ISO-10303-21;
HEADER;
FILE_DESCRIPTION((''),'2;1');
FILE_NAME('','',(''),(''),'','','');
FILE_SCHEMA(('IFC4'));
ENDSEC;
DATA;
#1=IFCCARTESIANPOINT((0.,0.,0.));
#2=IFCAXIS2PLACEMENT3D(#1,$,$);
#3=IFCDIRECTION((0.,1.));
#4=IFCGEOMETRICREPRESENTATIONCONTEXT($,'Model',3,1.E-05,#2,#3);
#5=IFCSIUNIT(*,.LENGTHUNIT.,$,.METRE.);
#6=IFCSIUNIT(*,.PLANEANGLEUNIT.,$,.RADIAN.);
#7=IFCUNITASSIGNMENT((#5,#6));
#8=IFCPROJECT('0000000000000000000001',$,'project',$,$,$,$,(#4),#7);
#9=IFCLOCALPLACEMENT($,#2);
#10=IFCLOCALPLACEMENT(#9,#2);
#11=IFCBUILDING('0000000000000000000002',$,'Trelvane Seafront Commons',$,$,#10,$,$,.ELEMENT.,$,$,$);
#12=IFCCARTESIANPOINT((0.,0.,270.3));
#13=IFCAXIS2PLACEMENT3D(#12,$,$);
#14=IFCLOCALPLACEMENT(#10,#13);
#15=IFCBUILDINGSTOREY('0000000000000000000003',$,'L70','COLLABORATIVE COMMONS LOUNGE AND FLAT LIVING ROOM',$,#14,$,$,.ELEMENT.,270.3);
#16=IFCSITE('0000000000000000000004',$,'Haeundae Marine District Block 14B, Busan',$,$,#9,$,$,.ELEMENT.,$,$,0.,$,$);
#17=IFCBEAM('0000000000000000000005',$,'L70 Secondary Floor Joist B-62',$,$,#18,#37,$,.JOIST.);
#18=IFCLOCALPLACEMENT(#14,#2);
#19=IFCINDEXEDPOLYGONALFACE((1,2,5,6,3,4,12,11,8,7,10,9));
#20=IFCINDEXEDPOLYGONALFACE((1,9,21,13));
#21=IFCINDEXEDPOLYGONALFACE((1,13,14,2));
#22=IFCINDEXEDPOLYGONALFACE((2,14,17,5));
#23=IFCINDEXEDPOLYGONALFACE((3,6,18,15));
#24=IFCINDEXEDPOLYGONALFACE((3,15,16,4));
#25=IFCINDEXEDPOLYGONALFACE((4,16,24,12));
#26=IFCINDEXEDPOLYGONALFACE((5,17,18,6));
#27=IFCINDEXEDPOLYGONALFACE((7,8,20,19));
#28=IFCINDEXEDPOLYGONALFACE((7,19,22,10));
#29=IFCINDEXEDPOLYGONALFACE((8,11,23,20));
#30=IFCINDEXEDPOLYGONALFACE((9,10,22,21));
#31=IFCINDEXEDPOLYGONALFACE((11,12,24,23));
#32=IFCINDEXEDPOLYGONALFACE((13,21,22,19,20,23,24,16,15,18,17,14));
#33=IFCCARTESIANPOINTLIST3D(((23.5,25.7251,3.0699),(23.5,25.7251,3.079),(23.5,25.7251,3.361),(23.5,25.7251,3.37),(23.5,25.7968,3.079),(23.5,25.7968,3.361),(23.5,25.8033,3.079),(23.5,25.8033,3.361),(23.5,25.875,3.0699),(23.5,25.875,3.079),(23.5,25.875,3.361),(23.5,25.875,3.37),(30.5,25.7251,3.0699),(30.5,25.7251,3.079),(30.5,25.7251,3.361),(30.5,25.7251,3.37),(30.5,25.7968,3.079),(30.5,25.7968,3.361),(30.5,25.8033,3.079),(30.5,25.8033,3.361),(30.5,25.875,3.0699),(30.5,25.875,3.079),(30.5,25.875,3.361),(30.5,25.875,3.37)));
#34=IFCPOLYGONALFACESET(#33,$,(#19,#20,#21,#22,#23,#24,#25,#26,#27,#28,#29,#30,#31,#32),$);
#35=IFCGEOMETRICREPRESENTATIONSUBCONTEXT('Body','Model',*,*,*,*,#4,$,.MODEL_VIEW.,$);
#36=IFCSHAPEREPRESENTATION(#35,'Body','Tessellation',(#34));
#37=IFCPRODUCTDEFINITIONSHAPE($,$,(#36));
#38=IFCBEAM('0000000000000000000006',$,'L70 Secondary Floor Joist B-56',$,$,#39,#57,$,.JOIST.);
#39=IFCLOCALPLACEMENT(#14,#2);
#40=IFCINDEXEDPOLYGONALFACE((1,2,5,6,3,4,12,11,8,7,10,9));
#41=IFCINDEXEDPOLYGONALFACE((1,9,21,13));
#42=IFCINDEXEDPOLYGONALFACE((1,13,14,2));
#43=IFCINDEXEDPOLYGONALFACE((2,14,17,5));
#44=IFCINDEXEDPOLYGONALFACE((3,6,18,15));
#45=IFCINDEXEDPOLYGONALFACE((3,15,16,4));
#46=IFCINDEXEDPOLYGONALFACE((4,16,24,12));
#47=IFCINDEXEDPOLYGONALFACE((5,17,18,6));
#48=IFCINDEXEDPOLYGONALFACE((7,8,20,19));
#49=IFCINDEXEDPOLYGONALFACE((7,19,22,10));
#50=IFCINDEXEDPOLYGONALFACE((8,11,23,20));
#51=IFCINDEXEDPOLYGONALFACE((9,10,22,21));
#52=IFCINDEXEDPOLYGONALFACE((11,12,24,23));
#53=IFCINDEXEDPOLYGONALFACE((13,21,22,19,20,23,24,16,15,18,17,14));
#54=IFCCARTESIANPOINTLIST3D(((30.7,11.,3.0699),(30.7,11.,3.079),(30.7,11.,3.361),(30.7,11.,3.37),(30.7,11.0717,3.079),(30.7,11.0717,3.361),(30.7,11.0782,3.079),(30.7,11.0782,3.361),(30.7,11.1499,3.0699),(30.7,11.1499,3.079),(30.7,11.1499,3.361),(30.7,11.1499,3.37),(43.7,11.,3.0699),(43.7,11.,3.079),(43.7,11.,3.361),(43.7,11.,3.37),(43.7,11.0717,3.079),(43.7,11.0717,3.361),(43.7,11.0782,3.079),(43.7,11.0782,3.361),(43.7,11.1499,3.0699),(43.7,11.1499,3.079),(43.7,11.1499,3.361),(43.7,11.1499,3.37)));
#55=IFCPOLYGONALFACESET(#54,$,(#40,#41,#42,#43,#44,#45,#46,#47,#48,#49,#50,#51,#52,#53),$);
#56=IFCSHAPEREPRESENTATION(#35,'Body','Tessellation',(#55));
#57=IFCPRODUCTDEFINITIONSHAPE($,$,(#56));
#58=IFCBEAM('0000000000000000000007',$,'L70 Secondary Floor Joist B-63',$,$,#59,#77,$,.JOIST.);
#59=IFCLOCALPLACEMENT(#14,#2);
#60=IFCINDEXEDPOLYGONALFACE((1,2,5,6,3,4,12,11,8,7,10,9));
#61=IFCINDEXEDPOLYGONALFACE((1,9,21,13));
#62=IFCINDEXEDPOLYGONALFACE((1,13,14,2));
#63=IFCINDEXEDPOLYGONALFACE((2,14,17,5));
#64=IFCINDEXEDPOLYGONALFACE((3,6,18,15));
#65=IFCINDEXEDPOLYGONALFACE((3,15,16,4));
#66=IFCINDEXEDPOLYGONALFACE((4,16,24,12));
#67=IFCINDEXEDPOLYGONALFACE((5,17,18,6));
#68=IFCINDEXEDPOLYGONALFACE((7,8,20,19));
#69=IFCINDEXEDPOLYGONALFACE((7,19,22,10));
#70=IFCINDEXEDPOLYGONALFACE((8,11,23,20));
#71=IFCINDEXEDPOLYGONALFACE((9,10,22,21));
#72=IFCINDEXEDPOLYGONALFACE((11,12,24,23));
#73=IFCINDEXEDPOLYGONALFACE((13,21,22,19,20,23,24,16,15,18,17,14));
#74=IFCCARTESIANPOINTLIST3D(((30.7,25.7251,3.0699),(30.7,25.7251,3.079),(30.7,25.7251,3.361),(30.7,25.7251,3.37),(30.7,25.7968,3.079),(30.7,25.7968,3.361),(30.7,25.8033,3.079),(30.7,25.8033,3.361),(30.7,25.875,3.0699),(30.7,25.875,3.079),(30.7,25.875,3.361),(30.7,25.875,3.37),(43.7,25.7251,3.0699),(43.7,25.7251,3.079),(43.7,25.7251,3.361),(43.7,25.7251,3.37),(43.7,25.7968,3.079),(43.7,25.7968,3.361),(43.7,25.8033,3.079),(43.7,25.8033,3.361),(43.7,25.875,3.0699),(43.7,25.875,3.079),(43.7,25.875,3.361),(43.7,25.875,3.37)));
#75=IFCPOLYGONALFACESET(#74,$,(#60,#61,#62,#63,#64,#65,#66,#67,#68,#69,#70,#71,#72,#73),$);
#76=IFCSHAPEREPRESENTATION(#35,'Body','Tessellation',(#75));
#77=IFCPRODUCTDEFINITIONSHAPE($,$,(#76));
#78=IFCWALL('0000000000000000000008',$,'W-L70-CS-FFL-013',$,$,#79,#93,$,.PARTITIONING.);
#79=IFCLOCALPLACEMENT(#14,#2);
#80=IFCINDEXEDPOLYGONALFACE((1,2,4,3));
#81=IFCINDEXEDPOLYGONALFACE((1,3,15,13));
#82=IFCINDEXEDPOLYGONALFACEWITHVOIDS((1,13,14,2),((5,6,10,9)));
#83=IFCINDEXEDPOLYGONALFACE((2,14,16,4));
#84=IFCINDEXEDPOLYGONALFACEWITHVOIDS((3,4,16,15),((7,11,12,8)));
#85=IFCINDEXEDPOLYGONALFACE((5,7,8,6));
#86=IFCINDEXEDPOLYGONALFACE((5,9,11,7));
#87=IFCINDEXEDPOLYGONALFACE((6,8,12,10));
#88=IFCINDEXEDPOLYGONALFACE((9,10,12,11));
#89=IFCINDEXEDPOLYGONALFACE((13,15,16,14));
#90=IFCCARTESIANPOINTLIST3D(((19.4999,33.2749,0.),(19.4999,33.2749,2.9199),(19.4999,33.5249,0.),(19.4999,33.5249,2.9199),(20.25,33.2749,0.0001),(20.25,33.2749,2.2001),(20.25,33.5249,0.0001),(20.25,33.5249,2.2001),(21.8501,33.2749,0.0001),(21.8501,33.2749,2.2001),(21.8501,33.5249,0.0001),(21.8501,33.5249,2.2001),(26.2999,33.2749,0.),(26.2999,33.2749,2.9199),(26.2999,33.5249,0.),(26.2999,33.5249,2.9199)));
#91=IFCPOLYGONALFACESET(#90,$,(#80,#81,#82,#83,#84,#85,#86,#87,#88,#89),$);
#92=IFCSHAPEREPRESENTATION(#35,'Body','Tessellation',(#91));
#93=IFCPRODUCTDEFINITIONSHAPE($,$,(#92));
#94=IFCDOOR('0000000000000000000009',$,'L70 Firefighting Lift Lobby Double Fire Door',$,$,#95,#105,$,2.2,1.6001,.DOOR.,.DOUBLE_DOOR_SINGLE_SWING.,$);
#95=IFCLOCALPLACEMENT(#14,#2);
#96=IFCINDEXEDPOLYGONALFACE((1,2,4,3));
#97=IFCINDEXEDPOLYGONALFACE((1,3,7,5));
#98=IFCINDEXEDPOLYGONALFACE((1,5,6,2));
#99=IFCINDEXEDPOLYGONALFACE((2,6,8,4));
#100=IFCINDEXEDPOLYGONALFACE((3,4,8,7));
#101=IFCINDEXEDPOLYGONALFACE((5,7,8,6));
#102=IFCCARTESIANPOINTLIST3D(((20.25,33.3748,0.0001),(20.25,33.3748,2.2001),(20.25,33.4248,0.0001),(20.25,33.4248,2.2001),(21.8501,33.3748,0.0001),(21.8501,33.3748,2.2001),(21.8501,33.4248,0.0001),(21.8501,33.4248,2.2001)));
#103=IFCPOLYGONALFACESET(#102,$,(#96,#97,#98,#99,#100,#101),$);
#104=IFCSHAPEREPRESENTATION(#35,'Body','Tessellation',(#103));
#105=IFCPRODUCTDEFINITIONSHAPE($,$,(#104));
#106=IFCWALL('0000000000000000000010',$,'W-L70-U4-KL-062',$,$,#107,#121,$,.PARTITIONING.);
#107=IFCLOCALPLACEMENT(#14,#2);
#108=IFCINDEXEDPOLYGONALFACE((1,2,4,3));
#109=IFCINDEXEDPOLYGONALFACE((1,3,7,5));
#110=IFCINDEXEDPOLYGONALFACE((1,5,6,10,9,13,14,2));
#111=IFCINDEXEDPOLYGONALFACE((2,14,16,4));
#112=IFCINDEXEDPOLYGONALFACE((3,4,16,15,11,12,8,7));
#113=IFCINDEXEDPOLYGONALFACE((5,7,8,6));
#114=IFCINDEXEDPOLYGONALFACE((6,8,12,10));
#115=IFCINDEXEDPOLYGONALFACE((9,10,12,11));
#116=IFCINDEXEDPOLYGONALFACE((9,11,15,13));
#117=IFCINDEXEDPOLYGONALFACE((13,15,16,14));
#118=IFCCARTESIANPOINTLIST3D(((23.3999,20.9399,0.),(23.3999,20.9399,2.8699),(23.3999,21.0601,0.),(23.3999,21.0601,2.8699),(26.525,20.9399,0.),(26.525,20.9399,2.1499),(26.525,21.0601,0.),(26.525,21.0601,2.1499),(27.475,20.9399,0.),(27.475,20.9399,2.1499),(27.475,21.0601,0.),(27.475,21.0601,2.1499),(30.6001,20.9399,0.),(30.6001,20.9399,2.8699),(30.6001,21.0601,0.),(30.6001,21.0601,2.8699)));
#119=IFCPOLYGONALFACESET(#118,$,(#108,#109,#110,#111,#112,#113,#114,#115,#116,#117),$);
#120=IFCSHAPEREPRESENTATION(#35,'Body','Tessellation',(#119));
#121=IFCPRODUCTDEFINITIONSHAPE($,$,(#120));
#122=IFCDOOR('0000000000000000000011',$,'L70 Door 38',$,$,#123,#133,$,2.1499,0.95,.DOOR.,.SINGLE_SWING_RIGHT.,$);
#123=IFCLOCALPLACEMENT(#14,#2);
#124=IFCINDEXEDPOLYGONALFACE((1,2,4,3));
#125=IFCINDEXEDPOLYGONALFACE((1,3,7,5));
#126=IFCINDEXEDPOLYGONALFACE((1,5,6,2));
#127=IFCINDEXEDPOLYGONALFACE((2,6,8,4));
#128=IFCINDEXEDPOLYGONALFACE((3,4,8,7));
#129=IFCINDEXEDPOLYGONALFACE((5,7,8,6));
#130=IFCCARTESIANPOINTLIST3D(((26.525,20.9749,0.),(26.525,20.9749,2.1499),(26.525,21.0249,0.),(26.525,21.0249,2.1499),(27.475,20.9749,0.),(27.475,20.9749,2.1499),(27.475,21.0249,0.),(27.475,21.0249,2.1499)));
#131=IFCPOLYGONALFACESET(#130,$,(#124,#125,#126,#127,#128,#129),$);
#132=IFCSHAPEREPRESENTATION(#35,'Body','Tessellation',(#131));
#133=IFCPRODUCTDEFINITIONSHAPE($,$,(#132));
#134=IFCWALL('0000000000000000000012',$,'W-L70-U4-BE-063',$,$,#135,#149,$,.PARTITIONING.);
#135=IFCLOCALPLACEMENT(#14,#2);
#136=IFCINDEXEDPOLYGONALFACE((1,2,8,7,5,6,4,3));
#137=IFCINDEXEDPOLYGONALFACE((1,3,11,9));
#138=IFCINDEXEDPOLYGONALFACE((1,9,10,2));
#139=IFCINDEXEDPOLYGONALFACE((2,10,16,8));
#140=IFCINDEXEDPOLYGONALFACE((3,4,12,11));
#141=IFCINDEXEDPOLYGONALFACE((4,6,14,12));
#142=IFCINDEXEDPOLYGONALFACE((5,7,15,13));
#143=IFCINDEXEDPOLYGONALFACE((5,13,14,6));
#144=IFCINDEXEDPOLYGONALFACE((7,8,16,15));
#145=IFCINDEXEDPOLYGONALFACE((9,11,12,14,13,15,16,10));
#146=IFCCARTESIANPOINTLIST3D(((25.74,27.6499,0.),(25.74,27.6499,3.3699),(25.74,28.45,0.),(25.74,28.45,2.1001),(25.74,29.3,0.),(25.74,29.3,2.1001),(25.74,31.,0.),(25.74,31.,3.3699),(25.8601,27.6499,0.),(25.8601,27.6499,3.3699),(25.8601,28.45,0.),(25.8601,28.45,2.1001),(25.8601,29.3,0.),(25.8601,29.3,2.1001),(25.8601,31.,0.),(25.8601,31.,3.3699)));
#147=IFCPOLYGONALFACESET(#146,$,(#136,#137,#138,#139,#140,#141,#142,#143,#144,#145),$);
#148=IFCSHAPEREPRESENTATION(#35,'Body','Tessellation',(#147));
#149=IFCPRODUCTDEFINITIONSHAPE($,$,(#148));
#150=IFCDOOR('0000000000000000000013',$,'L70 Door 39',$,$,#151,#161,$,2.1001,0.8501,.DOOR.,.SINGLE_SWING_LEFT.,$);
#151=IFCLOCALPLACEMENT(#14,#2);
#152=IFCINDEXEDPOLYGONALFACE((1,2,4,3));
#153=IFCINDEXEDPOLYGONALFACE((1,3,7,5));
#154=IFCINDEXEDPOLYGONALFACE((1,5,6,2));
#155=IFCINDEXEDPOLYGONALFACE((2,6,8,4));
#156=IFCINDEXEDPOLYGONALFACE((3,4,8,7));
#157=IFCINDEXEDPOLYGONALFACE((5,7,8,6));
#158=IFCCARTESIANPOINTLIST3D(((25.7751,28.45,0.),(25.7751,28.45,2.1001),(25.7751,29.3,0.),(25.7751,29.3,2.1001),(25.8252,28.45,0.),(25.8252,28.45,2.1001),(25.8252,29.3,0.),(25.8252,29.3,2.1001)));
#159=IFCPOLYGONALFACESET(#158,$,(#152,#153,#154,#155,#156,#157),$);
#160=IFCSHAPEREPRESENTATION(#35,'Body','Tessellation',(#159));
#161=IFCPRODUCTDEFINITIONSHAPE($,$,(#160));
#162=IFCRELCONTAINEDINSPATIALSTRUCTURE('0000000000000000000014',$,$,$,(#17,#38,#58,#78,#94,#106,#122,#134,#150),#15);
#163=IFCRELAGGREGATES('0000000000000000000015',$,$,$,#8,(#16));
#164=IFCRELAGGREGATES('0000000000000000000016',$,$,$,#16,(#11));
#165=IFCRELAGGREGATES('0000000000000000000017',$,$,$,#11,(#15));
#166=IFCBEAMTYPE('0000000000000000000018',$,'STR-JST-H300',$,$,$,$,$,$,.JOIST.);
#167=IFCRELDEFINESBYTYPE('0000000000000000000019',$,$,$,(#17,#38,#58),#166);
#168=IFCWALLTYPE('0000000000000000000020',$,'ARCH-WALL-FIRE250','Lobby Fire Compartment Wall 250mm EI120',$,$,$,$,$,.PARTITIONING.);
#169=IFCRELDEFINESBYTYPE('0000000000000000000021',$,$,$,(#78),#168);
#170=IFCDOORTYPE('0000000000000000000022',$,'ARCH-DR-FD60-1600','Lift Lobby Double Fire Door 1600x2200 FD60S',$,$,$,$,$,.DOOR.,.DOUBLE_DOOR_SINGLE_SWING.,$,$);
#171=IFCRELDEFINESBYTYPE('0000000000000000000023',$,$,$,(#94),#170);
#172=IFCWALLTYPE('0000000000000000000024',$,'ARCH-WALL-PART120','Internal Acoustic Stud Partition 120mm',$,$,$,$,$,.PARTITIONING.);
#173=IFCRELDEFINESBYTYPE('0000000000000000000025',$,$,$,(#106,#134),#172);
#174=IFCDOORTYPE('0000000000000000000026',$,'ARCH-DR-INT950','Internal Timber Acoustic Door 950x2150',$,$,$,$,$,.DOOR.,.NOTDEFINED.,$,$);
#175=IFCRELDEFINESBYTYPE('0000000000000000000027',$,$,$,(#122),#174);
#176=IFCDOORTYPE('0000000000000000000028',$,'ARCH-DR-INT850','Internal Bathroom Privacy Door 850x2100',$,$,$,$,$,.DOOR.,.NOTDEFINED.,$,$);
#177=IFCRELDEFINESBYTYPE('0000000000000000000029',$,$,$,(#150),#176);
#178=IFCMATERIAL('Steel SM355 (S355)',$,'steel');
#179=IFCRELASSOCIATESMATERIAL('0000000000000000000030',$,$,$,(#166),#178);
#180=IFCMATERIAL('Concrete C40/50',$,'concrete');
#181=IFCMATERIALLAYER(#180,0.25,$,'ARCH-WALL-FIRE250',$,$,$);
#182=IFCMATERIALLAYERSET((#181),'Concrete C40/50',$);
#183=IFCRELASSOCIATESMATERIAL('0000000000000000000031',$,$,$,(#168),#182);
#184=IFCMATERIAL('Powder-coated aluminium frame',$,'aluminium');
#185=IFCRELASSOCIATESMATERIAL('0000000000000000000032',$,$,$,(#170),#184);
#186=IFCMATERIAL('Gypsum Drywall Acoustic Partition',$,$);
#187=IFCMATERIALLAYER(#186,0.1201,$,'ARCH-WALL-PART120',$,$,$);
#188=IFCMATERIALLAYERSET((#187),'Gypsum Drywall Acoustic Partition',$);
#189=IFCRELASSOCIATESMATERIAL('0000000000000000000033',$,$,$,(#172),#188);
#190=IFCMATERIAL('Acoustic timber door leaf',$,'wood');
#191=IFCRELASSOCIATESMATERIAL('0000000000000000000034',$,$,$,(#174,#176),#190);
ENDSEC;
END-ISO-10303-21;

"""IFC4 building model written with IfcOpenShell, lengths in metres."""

from ifc_helpers import new_model, si_unit, direction, frame, frame_2d, origin, origin_2d, place, context, subcontext, project, spatial, rectangle, i_section, extrude, source, transform, mapped, material, layer, layer_set, material_profile, profile_set, type_object, element, fill, save


model = new_model("IFC4")

# Units and contexts
model_context = context("Model", 3, precision=1e-05, world=origin(), true_north=direction((0.0, 1.0)))
body_context = subcontext(model_context, "Body", "Model", "MODEL_VIEW")
ifc_project = project(units=[si_unit("LENGTHUNIT", "METRE"), si_unit("PLANEANGLEUNIT", "RADIAN")], contexts=[model_context])

# Site, building, storey
site_placement = place(None, origin())
site = spatial("IfcSite", under=ifc_project, at=site_placement, Name="Haeundae Marine District Block 14B, Busan", CompositionType="ELEMENT", RefElevation=0.0)
building_placement = place(site_placement, origin())
building = spatial("IfcBuilding", under=site, at=building_placement, Name="Trelvane Seafront Commons", CompositionType="ELEMENT")
storey_placement = place(building_placement, frame((0.0, 0.0, 270.3)))
storey = spatial("IfcBuildingStorey", under=building, at=storey_placement, Name="L70", Description="COLLABORATIVE COMMONS LOUNGE AND FLAT LIVING ROOM", CompositionType="ELEMENT", Elevation=270.3)

# Shared definitions
ifc_material_1 = material(Name="Steel SM355 (S355)", Category="steel")

# Beams
ifc_material_profile_1 = material_profile(ifc_material_1, i_section(OverallWidth=0.1499, OverallDepth=0.3, WebThickness=0.0066, FlangeThickness=0.009, at=origin_2d()), Name="H-300x150x6.5x9")
ifc_profile_set_1 = profile_set([ifc_material_profile_1], Name="Steel SM355 (S355)")
beam_type_1 = type_object("IfcBeamType", Name="STR-JST-H300", PredefinedType="JOIST", material=ifc_profile_set_1)
shared_shape_1 = source(origin(), body_context, "Body", "SweptSolid", [
    extrude(i_section(OverallWidth=0.1499, OverallDepth=0.3, WebThickness=0.0066, FlangeThickness=0.009, at=origin_2d()), origin(), (0.0, 0.0, 1.0), 7.0),
])
beam_1_placement = place(storey_placement, frame((23.5, 25.8, 3.22), z_axis=(1.0, 0.0, 0.0), x_axis=(0.0, 1.0, 0.0)))
element("IfcBeam", 1, at=beam_1_placement, inside=storey, type_object=beam_type_1, Name="L70 Secondary Floor Joist B-62", PredefinedType="JOIST", context=body_context, shape_type="MappedRepresentation", body=[
    mapped(shared_shape_1, transform((0.0, 0.0, 0.0), x_axis=(1.0, 0.0, 0.0), y_axis=(0.0, 1.0, 0.0), z_axis=(0.0, 0.0, 1.0), scale=1.0)),
])
shared_shape_2 = source(origin(), body_context, "Body", "SweptSolid", [
    extrude(i_section(OverallWidth=0.1499, OverallDepth=0.3, WebThickness=0.0066, FlangeThickness=0.009, at=origin_2d()), origin(), (0.0, 0.0, 1.0), 13.0),
])
for number, where, z_axis, x_axis, name in (
    (2, (30.7, 11.075, 3.22), (1.0, 0.0, 0.0), (0.0, 1.0, 0.0), "L70 Secondary Floor Joist B-56"),
    (3, (30.7, 25.8, 3.22), (1.0, 0.0, 0.0), (0.0, 1.0, 0.0), "L70 Secondary Floor Joist B-63"),
):
    element("IfcBeam", number, at=place(storey_placement, frame(where, z_axis=z_axis, x_axis=x_axis)), inside=storey, type_object=beam_type_1, Name=name, PredefinedType="JOIST", context=body_context, shape_type="MappedRepresentation", body=[
        mapped(shared_shape_2, transform((0.0, 0.0, 0.0), x_axis=(1.0, 0.0, 0.0), y_axis=(0.0, 1.0, 0.0), z_axis=(0.0, 0.0, 1.0), scale=1.0)),
    ])

# Walls, openings, doors
ifc_material_2 = material(Name="Concrete C40/50", Category="concrete")
ifc_layer_1 = layer(ifc_material_2, 0.25, Name="ARCH-WALL-FIRE250")
ifc_layer_set_1 = layer_set([ifc_layer_1], Name="Concrete C40/50")
wall_type_1 = type_object("IfcWallType", Name="ARCH-WALL-FIRE250", Description="Lobby Fire Compartment Wall 250mm EI120", PredefinedType="PARTITIONING", material=ifc_layer_set_1)
wall_1_placement = place(storey_placement, frame((19.5, 33.3999, 0.0), z_axis=(0.0, 0.0, 1.0), x_axis=(1.0, 0.0, 0.0)))
wall_1 = element("IfcWall", 4, at=wall_1_placement, inside=storey, type_object=wall_type_1, Name="W-L70-CS-FFL-013", PredefinedType="PARTITIONING", context=body_context, shape_type="SweptSolid", body=[
    extrude(rectangle(XDim=6.8, YDim=0.25, at=frame_2d((3.3999, 0.0))), origin(), (0.0, 0.0, 1.0), 2.9199),
])
opening_1_placement = place(wall_1_placement, frame((0.75, 0.0, 0.0)))
opening_1 = element("IfcOpeningElement", 5, at=opening_1_placement, cuts=wall_1, PredefinedType="OPENING", context=body_context, shape_type="SweptSolid", body=[
    extrude(rectangle(XDim=1.6001, YDim=2.2, at=frame_2d((0.8, 1.1001))), frame((0.0, 0.135, 0.0), z_axis=(0.0, -1.0, 0.0), x_axis=(1.0, 0.0, 0.0)), (0.0, 0.0, 1.0), 0.27),
])
ifc_material_3 = material(Name="Powder-coated aluminium frame", Category="aluminium")
door_type_1 = type_object("IfcDoorType", Name="ARCH-DR-FD60-1600", Description="Lift Lobby Double Fire Door 1600x2200 FD60S", OperationType="DOUBLE_DOOR_SINGLE_SWING", PredefinedType="DOOR", material=ifc_material_3)
shared_shape_3 = source(origin(), body_context, "Body", "SweptSolid", [
    extrude(rectangle(XDim=1.6001, YDim=2.2, at=frame_2d((0.8, 1.1001))), frame((0.0, 0.0249, 0.0), z_axis=(0.0, -1.0, 0.0), x_axis=(1.0, 0.0, 0.0)), (0.0, 0.0, 1.0), 0.05),
])
door_1_placement = place(opening_1_placement, origin())
door_1 = element("IfcDoor", 6, at=door_1_placement, inside=storey, type_object=door_type_1, Name="L70 Firefighting Lift Lobby Double Fire Door", OperationType="DOUBLE_DOOR_SINGLE_SWING", OverallHeight=2.2, OverallWidth=1.6001, PredefinedType="DOOR", context=body_context, shape_type="MappedRepresentation", body=[
    mapped(shared_shape_3, transform((0.0, 0.0, 0.0), x_axis=(1.0, 0.0, 0.0), y_axis=(0.0, 1.0, 0.0), z_axis=(0.0, 0.0, 1.0), scale=1.0)),
])
fill(opening_1, door_1)
ifc_material_4 = material(Name="Gypsum Drywall Acoustic Partition")
ifc_layer_2 = layer(ifc_material_4, 0.1201, Name="ARCH-WALL-PART120")
ifc_layer_set_2 = layer_set([ifc_layer_2], Name="Gypsum Drywall Acoustic Partition")
wall_type_2 = type_object("IfcWallType", Name="ARCH-WALL-PART120", Description="Internal Acoustic Stud Partition 120mm", PredefinedType="PARTITIONING", material=ifc_layer_set_2)
ifc_material_5 = material(Name="Acoustic timber door leaf", Category="wood")
door_type_2 = type_object("IfcDoorType", Name="ARCH-DR-INT950", Description="Internal Timber Acoustic Door 950x2150", OperationType="NOTDEFINED", PredefinedType="DOOR", material=ifc_material_5)
shared_shape_4 = source(origin(), body_context, "Body", "SweptSolid", [
    extrude(rectangle(XDim=0.95, YDim=2.1499, at=frame_2d((0.4751, 1.075))), frame((0.0, 0.0249, 0.0), z_axis=(0.0, -1.0, 0.0), x_axis=(1.0, 0.0, 0.0)), (0.0, 0.0, 1.0), 0.05),
])
wall_2_placement = place(storey_placement, frame((23.3999, 21.0, 0.0), z_axis=(0.0, 0.0, 1.0), x_axis=(1.0, 0.0, 0.0)))
wall_2 = element("IfcWall", 7, at=wall_2_placement, inside=storey, type_object=wall_type_2, Name="W-L70-U4-KL-062", PredefinedType="PARTITIONING", context=body_context, shape_type="SweptSolid", body=[
    extrude(rectangle(XDim=7.2002, YDim=0.1201, at=frame_2d((3.6001, 0.0))), origin(), (0.0, 0.0, 1.0), 2.8699),
])
opening_2_placement = place(wall_2_placement, frame((3.125, 0.0, 0.0)))
opening_2 = element("IfcOpeningElement", 8, at=opening_2_placement, cuts=wall_2, PredefinedType="OPENING", context=body_context, shape_type="SweptSolid", body=[
    extrude(rectangle(XDim=0.95, YDim=2.1499, at=frame_2d((0.4751, 1.075))), frame((0.0, 0.0701, 0.0), z_axis=(0.0, -1.0, 0.0), x_axis=(1.0, 0.0, 0.0)), (0.0, 0.0, 1.0), 0.1401),
])
door_2_placement = place(opening_2_placement, origin())
door_2 = element("IfcDoor", 9, at=door_2_placement, inside=storey, type_object=door_type_2, Name="L70 Door 38", OperationType="SINGLE_SWING_RIGHT", OverallHeight=2.1499, OverallWidth=0.95, PredefinedType="DOOR", context=body_context, shape_type="MappedRepresentation", body=[
    mapped(shared_shape_4, transform((0.0, 0.0, 0.0), x_axis=(1.0, 0.0, 0.0), y_axis=(0.0, 1.0, 0.0), z_axis=(0.0, 0.0, 1.0), scale=1.0)),
])
fill(opening_2, door_2)
wall_3_placement = place(storey_placement, frame((25.8, 27.6499, 0.0), z_axis=(0.0, 0.0, 1.0), x_axis=(0.0, 1.0, 0.0)))
wall_3 = element("IfcWall", 10, at=wall_3_placement, inside=storey, type_object=wall_type_2, Name="W-L70-U4-BE-063", PredefinedType="PARTITIONING", context=body_context, shape_type="SweptSolid", body=[
    extrude(rectangle(XDim=3.3501, YDim=0.1201, at=frame_2d((1.675, 0.0))), origin(), (0.0, 0.0, 1.0), 3.3699),
])
opening_3_placement = place(wall_3_placement, frame((0.8, 0.0, 0.0)))
opening_3 = element("IfcOpeningElement", 11, at=opening_3_placement, cuts=wall_3, PredefinedType="OPENING", context=body_context, shape_type="SweptSolid", body=[
    extrude(rectangle(XDim=0.8501, YDim=2.1001, at=frame_2d((0.425, 1.05))), frame((0.0, 0.0701, 0.0), z_axis=(0.0, -1.0, 0.0), x_axis=(1.0, 0.0, 0.0)), (0.0, 0.0, 1.0), 0.1401),
])
door_type_3 = type_object("IfcDoorType", Name="ARCH-DR-INT850", Description="Internal Bathroom Privacy Door 850x2100", OperationType="NOTDEFINED", PredefinedType="DOOR", material=ifc_material_5)
shared_shape_5 = source(origin(), body_context, "Body", "SweptSolid", [
    extrude(rectangle(XDim=0.8501, YDim=2.1001, at=frame_2d((0.425, 1.05))), frame((0.0, 0.0249, 0.0), z_axis=(0.0, -1.0, 0.0), x_axis=(1.0, 0.0, 0.0)), (0.0, 0.0, 1.0), 0.05),
])
door_3_placement = place(opening_3_placement, origin())
door_3 = element("IfcDoor", 12, at=door_3_placement, inside=storey, type_object=door_type_3, Name="L70 Door 39", OperationType="SINGLE_SWING_LEFT", OverallHeight=2.1001, OverallWidth=0.8501, PredefinedType="DOOR", context=body_context, shape_type="MappedRepresentation", body=[
    mapped(shared_shape_5, transform((0.0, 0.0, 0.0), x_axis=(1.0, 0.0, 0.0), y_axis=(0.0, 1.0, 0.0), z_axis=(0.0, 0.0, 1.0), scale=1.0)),
])
fill(opening_3, door_3)

save(model, "model.ifc")
